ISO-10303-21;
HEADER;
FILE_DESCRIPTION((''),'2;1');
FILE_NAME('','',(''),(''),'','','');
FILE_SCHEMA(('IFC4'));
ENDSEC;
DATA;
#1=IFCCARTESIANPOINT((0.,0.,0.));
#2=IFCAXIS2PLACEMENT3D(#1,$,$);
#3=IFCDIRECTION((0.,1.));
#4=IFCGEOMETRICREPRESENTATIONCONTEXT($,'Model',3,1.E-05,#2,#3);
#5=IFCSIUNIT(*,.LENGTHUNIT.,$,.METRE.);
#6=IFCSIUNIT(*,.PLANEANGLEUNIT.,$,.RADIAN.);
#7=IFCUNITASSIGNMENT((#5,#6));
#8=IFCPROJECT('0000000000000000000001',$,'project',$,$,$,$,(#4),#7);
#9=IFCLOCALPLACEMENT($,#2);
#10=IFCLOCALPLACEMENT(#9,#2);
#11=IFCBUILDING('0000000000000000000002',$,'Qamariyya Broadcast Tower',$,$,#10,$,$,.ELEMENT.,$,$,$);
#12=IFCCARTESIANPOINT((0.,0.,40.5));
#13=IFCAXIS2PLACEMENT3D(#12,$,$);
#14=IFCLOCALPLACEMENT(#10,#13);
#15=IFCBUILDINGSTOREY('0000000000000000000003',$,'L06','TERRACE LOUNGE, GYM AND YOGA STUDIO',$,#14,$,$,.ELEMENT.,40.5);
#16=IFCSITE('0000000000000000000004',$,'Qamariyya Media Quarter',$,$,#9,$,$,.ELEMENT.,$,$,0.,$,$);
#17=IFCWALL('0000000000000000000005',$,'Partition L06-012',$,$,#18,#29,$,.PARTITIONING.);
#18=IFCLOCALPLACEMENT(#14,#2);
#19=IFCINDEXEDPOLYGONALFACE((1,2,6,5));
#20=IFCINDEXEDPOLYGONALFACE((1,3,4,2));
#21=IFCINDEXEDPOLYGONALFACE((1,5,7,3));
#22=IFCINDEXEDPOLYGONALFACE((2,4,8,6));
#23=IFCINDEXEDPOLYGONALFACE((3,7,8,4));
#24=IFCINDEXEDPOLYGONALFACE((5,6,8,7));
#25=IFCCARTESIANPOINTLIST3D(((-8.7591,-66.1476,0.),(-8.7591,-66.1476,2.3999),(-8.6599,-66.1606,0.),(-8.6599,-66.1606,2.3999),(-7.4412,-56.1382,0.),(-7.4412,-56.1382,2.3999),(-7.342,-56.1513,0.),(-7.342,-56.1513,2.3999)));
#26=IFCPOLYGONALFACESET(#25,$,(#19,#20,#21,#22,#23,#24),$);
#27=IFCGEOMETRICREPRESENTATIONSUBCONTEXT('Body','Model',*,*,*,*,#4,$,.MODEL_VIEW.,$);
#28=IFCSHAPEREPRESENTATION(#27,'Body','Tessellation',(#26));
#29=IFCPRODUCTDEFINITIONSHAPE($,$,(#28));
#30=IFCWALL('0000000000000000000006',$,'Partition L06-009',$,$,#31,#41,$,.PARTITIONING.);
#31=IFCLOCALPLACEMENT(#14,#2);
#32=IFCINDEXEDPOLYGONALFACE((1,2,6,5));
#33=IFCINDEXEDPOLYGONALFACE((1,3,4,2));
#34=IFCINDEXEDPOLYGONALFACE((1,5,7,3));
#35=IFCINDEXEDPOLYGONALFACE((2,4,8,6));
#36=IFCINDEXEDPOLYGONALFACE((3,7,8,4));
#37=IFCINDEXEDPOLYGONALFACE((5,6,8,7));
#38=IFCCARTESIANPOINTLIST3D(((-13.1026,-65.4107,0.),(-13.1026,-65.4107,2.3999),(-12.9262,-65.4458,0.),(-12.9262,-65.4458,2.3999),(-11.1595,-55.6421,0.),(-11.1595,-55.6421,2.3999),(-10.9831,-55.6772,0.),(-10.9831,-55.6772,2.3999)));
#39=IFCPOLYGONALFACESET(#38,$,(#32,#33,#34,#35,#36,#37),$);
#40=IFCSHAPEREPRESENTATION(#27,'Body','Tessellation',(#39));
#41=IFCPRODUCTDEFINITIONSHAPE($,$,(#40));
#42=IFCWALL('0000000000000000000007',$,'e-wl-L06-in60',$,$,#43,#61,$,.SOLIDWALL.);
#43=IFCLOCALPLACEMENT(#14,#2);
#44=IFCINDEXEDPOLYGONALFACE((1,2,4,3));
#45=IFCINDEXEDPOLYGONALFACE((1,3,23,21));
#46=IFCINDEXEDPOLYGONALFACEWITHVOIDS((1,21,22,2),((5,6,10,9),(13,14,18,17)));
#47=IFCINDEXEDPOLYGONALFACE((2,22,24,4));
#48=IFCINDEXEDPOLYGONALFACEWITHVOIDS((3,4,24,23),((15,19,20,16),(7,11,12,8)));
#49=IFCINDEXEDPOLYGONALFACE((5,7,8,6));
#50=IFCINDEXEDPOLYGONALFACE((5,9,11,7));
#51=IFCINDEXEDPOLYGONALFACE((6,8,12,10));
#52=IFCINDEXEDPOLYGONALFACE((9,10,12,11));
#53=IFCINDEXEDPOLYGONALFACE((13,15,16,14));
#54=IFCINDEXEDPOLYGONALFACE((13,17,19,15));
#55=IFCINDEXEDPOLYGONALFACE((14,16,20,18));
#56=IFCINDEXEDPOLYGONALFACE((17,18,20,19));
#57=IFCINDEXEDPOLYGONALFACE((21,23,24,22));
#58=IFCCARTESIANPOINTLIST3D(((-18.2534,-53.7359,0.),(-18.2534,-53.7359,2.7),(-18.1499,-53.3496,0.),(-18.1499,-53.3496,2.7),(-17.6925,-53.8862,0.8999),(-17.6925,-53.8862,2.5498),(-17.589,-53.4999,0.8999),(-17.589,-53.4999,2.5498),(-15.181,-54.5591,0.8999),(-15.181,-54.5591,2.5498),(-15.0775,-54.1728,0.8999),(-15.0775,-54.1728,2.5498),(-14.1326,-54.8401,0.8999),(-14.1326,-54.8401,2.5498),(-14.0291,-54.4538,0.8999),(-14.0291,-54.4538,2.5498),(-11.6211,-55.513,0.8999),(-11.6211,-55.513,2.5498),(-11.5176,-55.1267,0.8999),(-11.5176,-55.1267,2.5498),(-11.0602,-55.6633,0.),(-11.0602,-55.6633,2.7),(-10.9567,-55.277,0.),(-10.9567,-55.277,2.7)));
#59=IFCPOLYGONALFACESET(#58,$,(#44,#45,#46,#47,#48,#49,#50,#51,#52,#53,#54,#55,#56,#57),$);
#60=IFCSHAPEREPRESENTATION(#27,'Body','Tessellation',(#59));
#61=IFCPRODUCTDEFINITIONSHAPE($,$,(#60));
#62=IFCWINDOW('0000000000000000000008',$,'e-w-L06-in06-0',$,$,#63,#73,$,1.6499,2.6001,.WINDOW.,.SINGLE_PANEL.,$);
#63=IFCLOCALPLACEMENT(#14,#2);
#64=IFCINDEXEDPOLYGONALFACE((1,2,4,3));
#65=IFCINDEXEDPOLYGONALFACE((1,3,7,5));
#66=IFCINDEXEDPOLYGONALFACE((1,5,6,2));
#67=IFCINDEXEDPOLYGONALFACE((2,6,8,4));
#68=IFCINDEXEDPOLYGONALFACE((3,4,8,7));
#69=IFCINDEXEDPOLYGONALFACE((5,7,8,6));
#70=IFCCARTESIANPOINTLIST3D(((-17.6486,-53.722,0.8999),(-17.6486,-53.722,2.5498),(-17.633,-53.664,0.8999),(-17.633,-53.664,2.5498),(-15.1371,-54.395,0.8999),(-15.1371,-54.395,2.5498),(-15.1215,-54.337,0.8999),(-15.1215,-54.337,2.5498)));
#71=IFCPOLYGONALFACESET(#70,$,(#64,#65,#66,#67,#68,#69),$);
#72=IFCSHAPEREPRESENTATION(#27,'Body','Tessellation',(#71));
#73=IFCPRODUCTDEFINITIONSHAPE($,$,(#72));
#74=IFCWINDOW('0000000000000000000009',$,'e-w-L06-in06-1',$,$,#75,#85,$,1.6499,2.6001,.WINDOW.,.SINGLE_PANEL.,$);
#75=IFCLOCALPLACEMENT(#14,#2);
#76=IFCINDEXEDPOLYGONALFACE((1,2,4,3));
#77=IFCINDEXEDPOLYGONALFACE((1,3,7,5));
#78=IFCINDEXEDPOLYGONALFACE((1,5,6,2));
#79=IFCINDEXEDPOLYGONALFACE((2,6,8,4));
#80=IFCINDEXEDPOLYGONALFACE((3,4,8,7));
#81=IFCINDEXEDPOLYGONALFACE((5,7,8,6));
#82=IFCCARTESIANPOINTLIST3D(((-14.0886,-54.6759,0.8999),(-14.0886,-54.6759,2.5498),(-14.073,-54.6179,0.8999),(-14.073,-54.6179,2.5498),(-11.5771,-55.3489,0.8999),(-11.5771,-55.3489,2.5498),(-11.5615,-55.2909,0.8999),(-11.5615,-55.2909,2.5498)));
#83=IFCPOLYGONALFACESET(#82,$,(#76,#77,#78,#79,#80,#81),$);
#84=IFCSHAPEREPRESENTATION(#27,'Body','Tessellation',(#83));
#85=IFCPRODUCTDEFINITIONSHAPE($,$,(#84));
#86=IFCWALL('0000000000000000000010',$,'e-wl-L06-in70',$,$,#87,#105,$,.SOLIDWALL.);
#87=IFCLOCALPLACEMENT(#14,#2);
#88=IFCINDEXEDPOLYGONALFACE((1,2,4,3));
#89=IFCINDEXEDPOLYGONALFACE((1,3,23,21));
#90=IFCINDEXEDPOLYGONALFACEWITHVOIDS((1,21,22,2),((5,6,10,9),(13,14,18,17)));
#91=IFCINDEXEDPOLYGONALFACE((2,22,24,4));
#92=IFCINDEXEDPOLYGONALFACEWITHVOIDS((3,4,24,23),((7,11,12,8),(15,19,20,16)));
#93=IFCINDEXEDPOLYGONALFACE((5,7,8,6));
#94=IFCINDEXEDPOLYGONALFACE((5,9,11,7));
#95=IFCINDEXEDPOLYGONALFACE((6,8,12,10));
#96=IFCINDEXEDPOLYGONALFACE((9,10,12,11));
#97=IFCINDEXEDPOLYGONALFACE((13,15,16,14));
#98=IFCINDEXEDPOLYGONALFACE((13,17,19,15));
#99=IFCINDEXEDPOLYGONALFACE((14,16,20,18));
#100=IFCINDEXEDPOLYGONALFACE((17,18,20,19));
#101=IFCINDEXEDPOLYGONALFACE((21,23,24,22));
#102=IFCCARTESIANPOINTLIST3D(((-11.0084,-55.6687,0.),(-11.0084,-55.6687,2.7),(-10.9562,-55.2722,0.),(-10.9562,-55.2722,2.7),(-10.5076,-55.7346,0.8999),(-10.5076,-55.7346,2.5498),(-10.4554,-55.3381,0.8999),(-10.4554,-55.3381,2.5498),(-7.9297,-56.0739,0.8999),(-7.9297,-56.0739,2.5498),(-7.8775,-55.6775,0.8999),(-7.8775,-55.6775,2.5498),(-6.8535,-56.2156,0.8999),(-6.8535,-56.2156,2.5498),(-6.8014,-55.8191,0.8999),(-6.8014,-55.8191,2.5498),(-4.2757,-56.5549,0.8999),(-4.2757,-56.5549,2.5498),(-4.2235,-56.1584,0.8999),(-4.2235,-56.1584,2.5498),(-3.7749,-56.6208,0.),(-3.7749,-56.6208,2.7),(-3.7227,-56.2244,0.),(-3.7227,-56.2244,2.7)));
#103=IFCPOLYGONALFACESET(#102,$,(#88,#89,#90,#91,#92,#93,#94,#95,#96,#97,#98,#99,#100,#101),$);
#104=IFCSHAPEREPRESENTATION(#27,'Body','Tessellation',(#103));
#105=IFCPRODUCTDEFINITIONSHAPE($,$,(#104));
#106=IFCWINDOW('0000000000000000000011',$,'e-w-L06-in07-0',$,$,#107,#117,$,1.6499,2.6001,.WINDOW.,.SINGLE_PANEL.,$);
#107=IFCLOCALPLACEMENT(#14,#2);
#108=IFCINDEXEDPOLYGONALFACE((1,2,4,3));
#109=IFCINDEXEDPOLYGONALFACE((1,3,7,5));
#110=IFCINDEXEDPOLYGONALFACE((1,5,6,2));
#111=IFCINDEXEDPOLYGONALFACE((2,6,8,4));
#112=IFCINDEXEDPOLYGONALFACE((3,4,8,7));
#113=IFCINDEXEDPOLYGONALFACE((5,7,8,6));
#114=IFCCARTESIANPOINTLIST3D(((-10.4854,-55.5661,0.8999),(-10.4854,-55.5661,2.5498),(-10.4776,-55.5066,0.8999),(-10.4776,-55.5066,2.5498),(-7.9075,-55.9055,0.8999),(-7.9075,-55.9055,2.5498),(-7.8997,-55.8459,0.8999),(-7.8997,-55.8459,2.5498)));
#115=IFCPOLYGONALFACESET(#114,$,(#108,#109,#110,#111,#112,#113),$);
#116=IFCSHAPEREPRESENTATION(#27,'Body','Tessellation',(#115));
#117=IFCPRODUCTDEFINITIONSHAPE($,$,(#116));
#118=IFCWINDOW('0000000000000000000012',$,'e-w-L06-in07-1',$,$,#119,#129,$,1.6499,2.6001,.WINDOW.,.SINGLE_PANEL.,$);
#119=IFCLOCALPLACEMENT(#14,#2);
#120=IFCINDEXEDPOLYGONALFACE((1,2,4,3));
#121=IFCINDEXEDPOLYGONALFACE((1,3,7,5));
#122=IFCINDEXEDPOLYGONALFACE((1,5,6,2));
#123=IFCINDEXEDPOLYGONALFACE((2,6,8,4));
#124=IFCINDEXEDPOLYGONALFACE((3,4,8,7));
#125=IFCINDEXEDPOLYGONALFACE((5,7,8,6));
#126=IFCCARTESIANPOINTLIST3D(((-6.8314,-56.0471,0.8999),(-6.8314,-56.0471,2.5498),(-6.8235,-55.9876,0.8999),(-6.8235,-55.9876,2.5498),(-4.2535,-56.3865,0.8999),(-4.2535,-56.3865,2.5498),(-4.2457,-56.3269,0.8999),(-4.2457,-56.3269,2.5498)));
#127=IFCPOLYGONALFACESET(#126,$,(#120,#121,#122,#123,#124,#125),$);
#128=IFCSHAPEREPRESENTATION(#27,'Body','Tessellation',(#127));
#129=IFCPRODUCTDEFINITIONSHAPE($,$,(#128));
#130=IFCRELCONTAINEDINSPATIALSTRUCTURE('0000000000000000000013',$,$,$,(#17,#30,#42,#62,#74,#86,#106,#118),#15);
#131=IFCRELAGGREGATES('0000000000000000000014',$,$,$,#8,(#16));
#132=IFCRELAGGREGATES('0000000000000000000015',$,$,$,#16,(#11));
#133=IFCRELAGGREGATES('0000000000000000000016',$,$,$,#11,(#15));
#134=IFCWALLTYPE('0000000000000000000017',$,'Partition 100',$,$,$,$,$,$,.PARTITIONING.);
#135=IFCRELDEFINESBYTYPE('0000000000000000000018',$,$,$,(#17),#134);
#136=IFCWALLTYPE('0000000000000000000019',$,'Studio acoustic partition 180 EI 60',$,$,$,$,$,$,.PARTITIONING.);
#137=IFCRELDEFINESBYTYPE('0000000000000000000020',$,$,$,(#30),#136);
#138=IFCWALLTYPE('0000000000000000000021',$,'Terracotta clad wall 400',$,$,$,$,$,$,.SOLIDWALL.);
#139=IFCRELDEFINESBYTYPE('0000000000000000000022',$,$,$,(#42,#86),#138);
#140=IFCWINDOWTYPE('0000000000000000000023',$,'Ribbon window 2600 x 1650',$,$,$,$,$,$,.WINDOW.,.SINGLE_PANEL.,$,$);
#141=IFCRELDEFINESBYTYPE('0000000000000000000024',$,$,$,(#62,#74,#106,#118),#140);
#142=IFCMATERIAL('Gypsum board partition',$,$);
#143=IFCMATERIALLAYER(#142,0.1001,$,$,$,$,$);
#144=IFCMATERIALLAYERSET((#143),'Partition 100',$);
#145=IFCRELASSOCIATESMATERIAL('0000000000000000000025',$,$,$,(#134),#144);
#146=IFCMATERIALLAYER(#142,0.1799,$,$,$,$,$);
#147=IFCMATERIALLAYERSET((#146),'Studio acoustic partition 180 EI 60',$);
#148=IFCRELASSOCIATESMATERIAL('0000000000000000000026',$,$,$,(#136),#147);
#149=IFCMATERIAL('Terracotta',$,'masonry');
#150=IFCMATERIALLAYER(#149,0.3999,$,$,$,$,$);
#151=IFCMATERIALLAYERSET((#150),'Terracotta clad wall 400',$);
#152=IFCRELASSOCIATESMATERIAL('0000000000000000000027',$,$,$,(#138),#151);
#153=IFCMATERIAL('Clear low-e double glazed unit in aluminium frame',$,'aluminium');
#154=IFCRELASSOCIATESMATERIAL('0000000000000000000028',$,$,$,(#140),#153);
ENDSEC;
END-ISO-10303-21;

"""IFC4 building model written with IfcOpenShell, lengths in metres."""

from ifc_helpers import new_model, si_unit, direction, frame, frame_2d, origin, place, context, subcontext, project, spatial, rectangle, extrude, material, layer, layer_set, type_object, element, fill, save


model = new_model("IFC4")

# Units and contexts
model_context = context("Model", 3, precision=1e-05, world=origin(), true_north=direction((0.0, 1.0)))
body_context = subcontext(model_context, "Body", "Model", "MODEL_VIEW")
ifc_project = project(units=[si_unit("LENGTHUNIT", "METRE"), si_unit("PLANEANGLEUNIT", "RADIAN")], contexts=[model_context])

# Site, building, storey
site_placement = place(None, origin())
site = spatial("IfcSite", under=ifc_project, at=site_placement, Name="Qamariyya Media Quarter", CompositionType="ELEMENT", RefElevation=0.0)
building_placement = place(site_placement, origin())
building = spatial("IfcBuilding", under=site, at=building_placement, Name="Qamariyya Broadcast Tower", CompositionType="ELEMENT")
storey_placement = place(building_placement, frame((0.0, 0.0, 40.5)))
storey = spatial("IfcBuildingStorey", under=building, at=storey_placement, Name="L06", Description="TERRACE LOUNGE, GYM AND YOGA STUDIO", CompositionType="ELEMENT", Elevation=40.5)

# Shared definitions
ifc_material_1 = material(Name="Gypsum board partition")

# Walls
ifc_layer_1 = layer(ifc_material_1, 0.1001)
ifc_layer_set_1 = layer_set([ifc_layer_1], Name="Partition 100")
wall_type_1 = type_object("IfcWallType", Name="Partition 100", PredefinedType="PARTITIONING", material=ifc_layer_set_1)
wall_1_placement = place(storey_placement, frame((-7.3916, -56.1448, 0.0), z_axis=(0.0, 0.0, 1.0), x_axis=(-0.130538, -0.991443, 0.0)))
element("IfcWall", 1, at=wall_1_placement, inside=storey, type_object=wall_type_1, Name="Partition L06-012", PredefinedType="PARTITIONING", context=body_context, shape_type="SweptSolid", body=[
    extrude(rectangle(XDim=10.0957, YDim=0.1001, at=frame_2d((5.0479, 0.0))), origin(), (0.0, 0.0, 1.0), 2.3999),
])
ifc_layer_2 = layer(ifc_material_1, 0.1799)
ifc_layer_set_2 = layer_set([ifc_layer_2], Name="Studio acoustic partition 180 EI 60")
wall_type_2 = type_object("IfcWallType", Name="Studio acoustic partition 180 EI 60", PredefinedType="PARTITIONING", material=ifc_layer_set_2)
wall_2_placement = place(storey_placement, frame((-11.0713, -55.6597, 0.0), z_axis=(0.0, 0.0, 1.0), x_axis=(-0.195093, -0.980785, 0.0)))
element("IfcWall", 2, at=wall_2_placement, inside=storey, type_object=wall_type_2, Name="Partition L06-009", PredefinedType="PARTITIONING", context=body_context, shape_type="SweptSolid", body=[
    extrude(rectangle(XDim=9.96, YDim=0.1799, at=frame_2d((4.98, 0.0))), origin(), (0.0, 0.0, 1.0), 2.3999),
])

# Walls, openings, windows
ifc_material_2 = material(Name="Terracotta", Category="masonry")
ifc_layer_3 = layer(ifc_material_2, 0.3999)
ifc_layer_set_3 = layer_set([ifc_layer_3], Name="Terracotta clad wall 400")
wall_type_3 = type_object("IfcWallType", Name="Terracotta clad wall 400", PredefinedType="SOLIDWALL", material=ifc_layer_set_3)
wall_3_placement = place(storey_placement, frame((-11.0083, -55.4702, 0.0), z_axis=(0.0, 0.0, 1.0), x_axis=(-0.965925, 0.258823, 0.0)))
wall_3 = element("IfcWall", 3, at=wall_3_placement, inside=storey, type_object=wall_type_3, Name="e-wl-L06-in60", PredefinedType="SOLIDWALL", context=body_context, shape_type="SweptSolid", body=[
    extrude(rectangle(XDim=7.447, YDim=0.3999, at=frame_2d((3.7236, 0.0))), origin(), (0.0, 0.0, 1.0), 2.7),
])
opening_1_placement = place(wall_3_placement, frame((4.2664, 0.0, 0.8999)))
opening_1 = element("IfcOpeningElement", 4, at=opening_1_placement, cuts=wall_3, PredefinedType="OPENING", context=body_context, shape_type="SweptSolid", body=[
    extrude(rectangle(XDim=2.6001, YDim=1.6499, at=frame_2d((1.3, 0.825))), frame((0.0, 0.21, 0.0), z_axis=(0.0, -1.0, 0.0), x_axis=(1.0, 0.0, 0.0)), (0.0, 0.0, 1.0), 0.4199),
])
opening_2_placement = place(wall_3_placement, frame((0.5808, 0.0, 0.8999)))
opening_2 = element("IfcOpeningElement", 5, at=opening_2_placement, cuts=wall_3, PredefinedType="OPENING", context=body_context, shape_type="SweptSolid", body=[
    extrude(rectangle(XDim=2.6001, YDim=1.6499, at=frame_2d((1.3, 0.825))), frame((0.0, 0.21, 0.0), z_axis=(0.0, -1.0, 0.0), x_axis=(1.0, 0.0, 0.0)), (0.0, 0.0, 1.0), 0.4199),
])
ifc_material_3 = material(Name="Clear low-e double glazed unit in aluminium frame", Category="aluminium")
window_type = type_object("IfcWindowType", Name="Ribbon window 2600 x 1650", PartitioningType="SINGLE_PANEL", PredefinedType="WINDOW", material=ifc_material_3)
window_1_placement = place(opening_1_placement, origin())
window_1 = element("IfcWindow", 6, at=window_1_placement, inside=storey, type_object=window_type, Name="e-w-L06-in06-0", OverallHeight=1.6499, OverallWidth=2.6001, PartitioningType="SINGLE_PANEL", PredefinedType="WINDOW", context=body_context, shape_type="SweptSolid", body=[
    extrude(rectangle(XDim=2.6001, YDim=1.6499, at=frame_2d((1.3, 0.825))), frame((0.0, 0.03, 0.0), z_axis=(0.0, -1.0, 0.0), x_axis=(1.0, 0.0, 0.0)), (0.0, 0.0, 1.0), 0.0601),
])
fill(opening_1, window_1)
window_2_placement = place(opening_2_placement, origin())
window_2 = element("IfcWindow", 7, at=window_2_placement, inside=storey, type_object=window_type, Name="e-w-L06-in06-1", OverallHeight=1.6499, OverallWidth=2.6001, PartitioningType="SINGLE_PANEL", PredefinedType="WINDOW", context=body_context, shape_type="SweptSolid", body=[
    extrude(rectangle(XDim=2.6001, YDim=1.6499, at=frame_2d((1.3, 0.825))), frame((0.0, 0.03, 0.0), z_axis=(0.0, -1.0, 0.0), x_axis=(1.0, 0.0, 0.0)), (0.0, 0.0, 1.0), 0.0601),
])
fill(opening_2, window_2)
wall_4_placement = place(storey_placement, frame((-3.7488, -56.4226, 0.0), z_axis=(0.0, 0.0, 1.0), x_axis=(-0.991447, 0.130506, 0.0)))
wall_4 = element("IfcWall", 8, at=wall_4_placement, inside=storey, type_object=wall_type_3, Name="e-wl-L06-in70", PredefinedType="SOLIDWALL", context=body_context, shape_type="SweptSolid", body=[
    extrude(rectangle(XDim=7.2959, YDim=0.3999, at=frame_2d((3.6479, 0.0))), origin(), (0.0, 0.0, 1.0), 2.7),
])
opening_3_placement = place(wall_4_placement, frame((4.1907, 0.0, 0.8999)))
opening_3 = element("IfcOpeningElement", 9, at=opening_3_placement, cuts=wall_4, PredefinedType="OPENING", context=body_context, shape_type="SweptSolid", body=[
    extrude(rectangle(XDim=2.6001, YDim=1.6499, at=frame_2d((1.3, 0.825))), frame((0.0, 0.21, 0.0), z_axis=(0.0, -1.0, 0.0), x_axis=(1.0, 0.0, 0.0)), (0.0, 0.0, 1.0), 0.4199),
])
opening_4_placement = place(wall_4_placement, frame((0.5051, 0.0, 0.8999)))
opening_4 = element("IfcOpeningElement", 10, at=opening_4_placement, cuts=wall_4, PredefinedType="OPENING", context=body_context, shape_type="SweptSolid", body=[
    extrude(rectangle(XDim=2.6001, YDim=1.6499, at=frame_2d((1.3, 0.825))), frame((0.0, 0.21, 0.0), z_axis=(0.0, -1.0, 0.0), x_axis=(1.0, 0.0, 0.0)), (0.0, 0.0, 1.0), 0.4199),
])
window_3_placement = place(opening_3_placement, origin())
window_3 = element("IfcWindow", 11, at=window_3_placement, inside=storey, type_object=window_type, Name="e-w-L06-in07-0", OverallHeight=1.6499, OverallWidth=2.6001, PartitioningType="SINGLE_PANEL", PredefinedType="WINDOW", context=body_context, shape_type="SweptSolid", body=[
    extrude(rectangle(XDim=2.6001, YDim=1.6499, at=frame_2d((1.3, 0.825))), frame((0.0, 0.03, 0.0), z_axis=(0.0, -1.0, 0.0), x_axis=(1.0, 0.0, 0.0)), (0.0, 0.0, 1.0), 0.0601),
])
fill(opening_3, window_3)
window_4_placement = place(opening_4_placement, origin())
window_4 = element("IfcWindow", 12, at=window_4_placement, inside=storey, type_object=window_type, Name="e-w-L06-in07-1", OverallHeight=1.6499, OverallWidth=2.6001, PartitioningType="SINGLE_PANEL", PredefinedType="WINDOW", context=body_context, shape_type="SweptSolid", body=[
    extrude(rectangle(XDim=2.6001, YDim=1.6499, at=frame_2d((1.3, 0.825))), frame((0.0, 0.03, 0.0), z_axis=(0.0, -1.0, 0.0), x_axis=(1.0, 0.0, 0.0)), (0.0, 0.0, 1.0), 0.0601),
])
fill(opening_4, window_4)

save(model, "model.ifc")
